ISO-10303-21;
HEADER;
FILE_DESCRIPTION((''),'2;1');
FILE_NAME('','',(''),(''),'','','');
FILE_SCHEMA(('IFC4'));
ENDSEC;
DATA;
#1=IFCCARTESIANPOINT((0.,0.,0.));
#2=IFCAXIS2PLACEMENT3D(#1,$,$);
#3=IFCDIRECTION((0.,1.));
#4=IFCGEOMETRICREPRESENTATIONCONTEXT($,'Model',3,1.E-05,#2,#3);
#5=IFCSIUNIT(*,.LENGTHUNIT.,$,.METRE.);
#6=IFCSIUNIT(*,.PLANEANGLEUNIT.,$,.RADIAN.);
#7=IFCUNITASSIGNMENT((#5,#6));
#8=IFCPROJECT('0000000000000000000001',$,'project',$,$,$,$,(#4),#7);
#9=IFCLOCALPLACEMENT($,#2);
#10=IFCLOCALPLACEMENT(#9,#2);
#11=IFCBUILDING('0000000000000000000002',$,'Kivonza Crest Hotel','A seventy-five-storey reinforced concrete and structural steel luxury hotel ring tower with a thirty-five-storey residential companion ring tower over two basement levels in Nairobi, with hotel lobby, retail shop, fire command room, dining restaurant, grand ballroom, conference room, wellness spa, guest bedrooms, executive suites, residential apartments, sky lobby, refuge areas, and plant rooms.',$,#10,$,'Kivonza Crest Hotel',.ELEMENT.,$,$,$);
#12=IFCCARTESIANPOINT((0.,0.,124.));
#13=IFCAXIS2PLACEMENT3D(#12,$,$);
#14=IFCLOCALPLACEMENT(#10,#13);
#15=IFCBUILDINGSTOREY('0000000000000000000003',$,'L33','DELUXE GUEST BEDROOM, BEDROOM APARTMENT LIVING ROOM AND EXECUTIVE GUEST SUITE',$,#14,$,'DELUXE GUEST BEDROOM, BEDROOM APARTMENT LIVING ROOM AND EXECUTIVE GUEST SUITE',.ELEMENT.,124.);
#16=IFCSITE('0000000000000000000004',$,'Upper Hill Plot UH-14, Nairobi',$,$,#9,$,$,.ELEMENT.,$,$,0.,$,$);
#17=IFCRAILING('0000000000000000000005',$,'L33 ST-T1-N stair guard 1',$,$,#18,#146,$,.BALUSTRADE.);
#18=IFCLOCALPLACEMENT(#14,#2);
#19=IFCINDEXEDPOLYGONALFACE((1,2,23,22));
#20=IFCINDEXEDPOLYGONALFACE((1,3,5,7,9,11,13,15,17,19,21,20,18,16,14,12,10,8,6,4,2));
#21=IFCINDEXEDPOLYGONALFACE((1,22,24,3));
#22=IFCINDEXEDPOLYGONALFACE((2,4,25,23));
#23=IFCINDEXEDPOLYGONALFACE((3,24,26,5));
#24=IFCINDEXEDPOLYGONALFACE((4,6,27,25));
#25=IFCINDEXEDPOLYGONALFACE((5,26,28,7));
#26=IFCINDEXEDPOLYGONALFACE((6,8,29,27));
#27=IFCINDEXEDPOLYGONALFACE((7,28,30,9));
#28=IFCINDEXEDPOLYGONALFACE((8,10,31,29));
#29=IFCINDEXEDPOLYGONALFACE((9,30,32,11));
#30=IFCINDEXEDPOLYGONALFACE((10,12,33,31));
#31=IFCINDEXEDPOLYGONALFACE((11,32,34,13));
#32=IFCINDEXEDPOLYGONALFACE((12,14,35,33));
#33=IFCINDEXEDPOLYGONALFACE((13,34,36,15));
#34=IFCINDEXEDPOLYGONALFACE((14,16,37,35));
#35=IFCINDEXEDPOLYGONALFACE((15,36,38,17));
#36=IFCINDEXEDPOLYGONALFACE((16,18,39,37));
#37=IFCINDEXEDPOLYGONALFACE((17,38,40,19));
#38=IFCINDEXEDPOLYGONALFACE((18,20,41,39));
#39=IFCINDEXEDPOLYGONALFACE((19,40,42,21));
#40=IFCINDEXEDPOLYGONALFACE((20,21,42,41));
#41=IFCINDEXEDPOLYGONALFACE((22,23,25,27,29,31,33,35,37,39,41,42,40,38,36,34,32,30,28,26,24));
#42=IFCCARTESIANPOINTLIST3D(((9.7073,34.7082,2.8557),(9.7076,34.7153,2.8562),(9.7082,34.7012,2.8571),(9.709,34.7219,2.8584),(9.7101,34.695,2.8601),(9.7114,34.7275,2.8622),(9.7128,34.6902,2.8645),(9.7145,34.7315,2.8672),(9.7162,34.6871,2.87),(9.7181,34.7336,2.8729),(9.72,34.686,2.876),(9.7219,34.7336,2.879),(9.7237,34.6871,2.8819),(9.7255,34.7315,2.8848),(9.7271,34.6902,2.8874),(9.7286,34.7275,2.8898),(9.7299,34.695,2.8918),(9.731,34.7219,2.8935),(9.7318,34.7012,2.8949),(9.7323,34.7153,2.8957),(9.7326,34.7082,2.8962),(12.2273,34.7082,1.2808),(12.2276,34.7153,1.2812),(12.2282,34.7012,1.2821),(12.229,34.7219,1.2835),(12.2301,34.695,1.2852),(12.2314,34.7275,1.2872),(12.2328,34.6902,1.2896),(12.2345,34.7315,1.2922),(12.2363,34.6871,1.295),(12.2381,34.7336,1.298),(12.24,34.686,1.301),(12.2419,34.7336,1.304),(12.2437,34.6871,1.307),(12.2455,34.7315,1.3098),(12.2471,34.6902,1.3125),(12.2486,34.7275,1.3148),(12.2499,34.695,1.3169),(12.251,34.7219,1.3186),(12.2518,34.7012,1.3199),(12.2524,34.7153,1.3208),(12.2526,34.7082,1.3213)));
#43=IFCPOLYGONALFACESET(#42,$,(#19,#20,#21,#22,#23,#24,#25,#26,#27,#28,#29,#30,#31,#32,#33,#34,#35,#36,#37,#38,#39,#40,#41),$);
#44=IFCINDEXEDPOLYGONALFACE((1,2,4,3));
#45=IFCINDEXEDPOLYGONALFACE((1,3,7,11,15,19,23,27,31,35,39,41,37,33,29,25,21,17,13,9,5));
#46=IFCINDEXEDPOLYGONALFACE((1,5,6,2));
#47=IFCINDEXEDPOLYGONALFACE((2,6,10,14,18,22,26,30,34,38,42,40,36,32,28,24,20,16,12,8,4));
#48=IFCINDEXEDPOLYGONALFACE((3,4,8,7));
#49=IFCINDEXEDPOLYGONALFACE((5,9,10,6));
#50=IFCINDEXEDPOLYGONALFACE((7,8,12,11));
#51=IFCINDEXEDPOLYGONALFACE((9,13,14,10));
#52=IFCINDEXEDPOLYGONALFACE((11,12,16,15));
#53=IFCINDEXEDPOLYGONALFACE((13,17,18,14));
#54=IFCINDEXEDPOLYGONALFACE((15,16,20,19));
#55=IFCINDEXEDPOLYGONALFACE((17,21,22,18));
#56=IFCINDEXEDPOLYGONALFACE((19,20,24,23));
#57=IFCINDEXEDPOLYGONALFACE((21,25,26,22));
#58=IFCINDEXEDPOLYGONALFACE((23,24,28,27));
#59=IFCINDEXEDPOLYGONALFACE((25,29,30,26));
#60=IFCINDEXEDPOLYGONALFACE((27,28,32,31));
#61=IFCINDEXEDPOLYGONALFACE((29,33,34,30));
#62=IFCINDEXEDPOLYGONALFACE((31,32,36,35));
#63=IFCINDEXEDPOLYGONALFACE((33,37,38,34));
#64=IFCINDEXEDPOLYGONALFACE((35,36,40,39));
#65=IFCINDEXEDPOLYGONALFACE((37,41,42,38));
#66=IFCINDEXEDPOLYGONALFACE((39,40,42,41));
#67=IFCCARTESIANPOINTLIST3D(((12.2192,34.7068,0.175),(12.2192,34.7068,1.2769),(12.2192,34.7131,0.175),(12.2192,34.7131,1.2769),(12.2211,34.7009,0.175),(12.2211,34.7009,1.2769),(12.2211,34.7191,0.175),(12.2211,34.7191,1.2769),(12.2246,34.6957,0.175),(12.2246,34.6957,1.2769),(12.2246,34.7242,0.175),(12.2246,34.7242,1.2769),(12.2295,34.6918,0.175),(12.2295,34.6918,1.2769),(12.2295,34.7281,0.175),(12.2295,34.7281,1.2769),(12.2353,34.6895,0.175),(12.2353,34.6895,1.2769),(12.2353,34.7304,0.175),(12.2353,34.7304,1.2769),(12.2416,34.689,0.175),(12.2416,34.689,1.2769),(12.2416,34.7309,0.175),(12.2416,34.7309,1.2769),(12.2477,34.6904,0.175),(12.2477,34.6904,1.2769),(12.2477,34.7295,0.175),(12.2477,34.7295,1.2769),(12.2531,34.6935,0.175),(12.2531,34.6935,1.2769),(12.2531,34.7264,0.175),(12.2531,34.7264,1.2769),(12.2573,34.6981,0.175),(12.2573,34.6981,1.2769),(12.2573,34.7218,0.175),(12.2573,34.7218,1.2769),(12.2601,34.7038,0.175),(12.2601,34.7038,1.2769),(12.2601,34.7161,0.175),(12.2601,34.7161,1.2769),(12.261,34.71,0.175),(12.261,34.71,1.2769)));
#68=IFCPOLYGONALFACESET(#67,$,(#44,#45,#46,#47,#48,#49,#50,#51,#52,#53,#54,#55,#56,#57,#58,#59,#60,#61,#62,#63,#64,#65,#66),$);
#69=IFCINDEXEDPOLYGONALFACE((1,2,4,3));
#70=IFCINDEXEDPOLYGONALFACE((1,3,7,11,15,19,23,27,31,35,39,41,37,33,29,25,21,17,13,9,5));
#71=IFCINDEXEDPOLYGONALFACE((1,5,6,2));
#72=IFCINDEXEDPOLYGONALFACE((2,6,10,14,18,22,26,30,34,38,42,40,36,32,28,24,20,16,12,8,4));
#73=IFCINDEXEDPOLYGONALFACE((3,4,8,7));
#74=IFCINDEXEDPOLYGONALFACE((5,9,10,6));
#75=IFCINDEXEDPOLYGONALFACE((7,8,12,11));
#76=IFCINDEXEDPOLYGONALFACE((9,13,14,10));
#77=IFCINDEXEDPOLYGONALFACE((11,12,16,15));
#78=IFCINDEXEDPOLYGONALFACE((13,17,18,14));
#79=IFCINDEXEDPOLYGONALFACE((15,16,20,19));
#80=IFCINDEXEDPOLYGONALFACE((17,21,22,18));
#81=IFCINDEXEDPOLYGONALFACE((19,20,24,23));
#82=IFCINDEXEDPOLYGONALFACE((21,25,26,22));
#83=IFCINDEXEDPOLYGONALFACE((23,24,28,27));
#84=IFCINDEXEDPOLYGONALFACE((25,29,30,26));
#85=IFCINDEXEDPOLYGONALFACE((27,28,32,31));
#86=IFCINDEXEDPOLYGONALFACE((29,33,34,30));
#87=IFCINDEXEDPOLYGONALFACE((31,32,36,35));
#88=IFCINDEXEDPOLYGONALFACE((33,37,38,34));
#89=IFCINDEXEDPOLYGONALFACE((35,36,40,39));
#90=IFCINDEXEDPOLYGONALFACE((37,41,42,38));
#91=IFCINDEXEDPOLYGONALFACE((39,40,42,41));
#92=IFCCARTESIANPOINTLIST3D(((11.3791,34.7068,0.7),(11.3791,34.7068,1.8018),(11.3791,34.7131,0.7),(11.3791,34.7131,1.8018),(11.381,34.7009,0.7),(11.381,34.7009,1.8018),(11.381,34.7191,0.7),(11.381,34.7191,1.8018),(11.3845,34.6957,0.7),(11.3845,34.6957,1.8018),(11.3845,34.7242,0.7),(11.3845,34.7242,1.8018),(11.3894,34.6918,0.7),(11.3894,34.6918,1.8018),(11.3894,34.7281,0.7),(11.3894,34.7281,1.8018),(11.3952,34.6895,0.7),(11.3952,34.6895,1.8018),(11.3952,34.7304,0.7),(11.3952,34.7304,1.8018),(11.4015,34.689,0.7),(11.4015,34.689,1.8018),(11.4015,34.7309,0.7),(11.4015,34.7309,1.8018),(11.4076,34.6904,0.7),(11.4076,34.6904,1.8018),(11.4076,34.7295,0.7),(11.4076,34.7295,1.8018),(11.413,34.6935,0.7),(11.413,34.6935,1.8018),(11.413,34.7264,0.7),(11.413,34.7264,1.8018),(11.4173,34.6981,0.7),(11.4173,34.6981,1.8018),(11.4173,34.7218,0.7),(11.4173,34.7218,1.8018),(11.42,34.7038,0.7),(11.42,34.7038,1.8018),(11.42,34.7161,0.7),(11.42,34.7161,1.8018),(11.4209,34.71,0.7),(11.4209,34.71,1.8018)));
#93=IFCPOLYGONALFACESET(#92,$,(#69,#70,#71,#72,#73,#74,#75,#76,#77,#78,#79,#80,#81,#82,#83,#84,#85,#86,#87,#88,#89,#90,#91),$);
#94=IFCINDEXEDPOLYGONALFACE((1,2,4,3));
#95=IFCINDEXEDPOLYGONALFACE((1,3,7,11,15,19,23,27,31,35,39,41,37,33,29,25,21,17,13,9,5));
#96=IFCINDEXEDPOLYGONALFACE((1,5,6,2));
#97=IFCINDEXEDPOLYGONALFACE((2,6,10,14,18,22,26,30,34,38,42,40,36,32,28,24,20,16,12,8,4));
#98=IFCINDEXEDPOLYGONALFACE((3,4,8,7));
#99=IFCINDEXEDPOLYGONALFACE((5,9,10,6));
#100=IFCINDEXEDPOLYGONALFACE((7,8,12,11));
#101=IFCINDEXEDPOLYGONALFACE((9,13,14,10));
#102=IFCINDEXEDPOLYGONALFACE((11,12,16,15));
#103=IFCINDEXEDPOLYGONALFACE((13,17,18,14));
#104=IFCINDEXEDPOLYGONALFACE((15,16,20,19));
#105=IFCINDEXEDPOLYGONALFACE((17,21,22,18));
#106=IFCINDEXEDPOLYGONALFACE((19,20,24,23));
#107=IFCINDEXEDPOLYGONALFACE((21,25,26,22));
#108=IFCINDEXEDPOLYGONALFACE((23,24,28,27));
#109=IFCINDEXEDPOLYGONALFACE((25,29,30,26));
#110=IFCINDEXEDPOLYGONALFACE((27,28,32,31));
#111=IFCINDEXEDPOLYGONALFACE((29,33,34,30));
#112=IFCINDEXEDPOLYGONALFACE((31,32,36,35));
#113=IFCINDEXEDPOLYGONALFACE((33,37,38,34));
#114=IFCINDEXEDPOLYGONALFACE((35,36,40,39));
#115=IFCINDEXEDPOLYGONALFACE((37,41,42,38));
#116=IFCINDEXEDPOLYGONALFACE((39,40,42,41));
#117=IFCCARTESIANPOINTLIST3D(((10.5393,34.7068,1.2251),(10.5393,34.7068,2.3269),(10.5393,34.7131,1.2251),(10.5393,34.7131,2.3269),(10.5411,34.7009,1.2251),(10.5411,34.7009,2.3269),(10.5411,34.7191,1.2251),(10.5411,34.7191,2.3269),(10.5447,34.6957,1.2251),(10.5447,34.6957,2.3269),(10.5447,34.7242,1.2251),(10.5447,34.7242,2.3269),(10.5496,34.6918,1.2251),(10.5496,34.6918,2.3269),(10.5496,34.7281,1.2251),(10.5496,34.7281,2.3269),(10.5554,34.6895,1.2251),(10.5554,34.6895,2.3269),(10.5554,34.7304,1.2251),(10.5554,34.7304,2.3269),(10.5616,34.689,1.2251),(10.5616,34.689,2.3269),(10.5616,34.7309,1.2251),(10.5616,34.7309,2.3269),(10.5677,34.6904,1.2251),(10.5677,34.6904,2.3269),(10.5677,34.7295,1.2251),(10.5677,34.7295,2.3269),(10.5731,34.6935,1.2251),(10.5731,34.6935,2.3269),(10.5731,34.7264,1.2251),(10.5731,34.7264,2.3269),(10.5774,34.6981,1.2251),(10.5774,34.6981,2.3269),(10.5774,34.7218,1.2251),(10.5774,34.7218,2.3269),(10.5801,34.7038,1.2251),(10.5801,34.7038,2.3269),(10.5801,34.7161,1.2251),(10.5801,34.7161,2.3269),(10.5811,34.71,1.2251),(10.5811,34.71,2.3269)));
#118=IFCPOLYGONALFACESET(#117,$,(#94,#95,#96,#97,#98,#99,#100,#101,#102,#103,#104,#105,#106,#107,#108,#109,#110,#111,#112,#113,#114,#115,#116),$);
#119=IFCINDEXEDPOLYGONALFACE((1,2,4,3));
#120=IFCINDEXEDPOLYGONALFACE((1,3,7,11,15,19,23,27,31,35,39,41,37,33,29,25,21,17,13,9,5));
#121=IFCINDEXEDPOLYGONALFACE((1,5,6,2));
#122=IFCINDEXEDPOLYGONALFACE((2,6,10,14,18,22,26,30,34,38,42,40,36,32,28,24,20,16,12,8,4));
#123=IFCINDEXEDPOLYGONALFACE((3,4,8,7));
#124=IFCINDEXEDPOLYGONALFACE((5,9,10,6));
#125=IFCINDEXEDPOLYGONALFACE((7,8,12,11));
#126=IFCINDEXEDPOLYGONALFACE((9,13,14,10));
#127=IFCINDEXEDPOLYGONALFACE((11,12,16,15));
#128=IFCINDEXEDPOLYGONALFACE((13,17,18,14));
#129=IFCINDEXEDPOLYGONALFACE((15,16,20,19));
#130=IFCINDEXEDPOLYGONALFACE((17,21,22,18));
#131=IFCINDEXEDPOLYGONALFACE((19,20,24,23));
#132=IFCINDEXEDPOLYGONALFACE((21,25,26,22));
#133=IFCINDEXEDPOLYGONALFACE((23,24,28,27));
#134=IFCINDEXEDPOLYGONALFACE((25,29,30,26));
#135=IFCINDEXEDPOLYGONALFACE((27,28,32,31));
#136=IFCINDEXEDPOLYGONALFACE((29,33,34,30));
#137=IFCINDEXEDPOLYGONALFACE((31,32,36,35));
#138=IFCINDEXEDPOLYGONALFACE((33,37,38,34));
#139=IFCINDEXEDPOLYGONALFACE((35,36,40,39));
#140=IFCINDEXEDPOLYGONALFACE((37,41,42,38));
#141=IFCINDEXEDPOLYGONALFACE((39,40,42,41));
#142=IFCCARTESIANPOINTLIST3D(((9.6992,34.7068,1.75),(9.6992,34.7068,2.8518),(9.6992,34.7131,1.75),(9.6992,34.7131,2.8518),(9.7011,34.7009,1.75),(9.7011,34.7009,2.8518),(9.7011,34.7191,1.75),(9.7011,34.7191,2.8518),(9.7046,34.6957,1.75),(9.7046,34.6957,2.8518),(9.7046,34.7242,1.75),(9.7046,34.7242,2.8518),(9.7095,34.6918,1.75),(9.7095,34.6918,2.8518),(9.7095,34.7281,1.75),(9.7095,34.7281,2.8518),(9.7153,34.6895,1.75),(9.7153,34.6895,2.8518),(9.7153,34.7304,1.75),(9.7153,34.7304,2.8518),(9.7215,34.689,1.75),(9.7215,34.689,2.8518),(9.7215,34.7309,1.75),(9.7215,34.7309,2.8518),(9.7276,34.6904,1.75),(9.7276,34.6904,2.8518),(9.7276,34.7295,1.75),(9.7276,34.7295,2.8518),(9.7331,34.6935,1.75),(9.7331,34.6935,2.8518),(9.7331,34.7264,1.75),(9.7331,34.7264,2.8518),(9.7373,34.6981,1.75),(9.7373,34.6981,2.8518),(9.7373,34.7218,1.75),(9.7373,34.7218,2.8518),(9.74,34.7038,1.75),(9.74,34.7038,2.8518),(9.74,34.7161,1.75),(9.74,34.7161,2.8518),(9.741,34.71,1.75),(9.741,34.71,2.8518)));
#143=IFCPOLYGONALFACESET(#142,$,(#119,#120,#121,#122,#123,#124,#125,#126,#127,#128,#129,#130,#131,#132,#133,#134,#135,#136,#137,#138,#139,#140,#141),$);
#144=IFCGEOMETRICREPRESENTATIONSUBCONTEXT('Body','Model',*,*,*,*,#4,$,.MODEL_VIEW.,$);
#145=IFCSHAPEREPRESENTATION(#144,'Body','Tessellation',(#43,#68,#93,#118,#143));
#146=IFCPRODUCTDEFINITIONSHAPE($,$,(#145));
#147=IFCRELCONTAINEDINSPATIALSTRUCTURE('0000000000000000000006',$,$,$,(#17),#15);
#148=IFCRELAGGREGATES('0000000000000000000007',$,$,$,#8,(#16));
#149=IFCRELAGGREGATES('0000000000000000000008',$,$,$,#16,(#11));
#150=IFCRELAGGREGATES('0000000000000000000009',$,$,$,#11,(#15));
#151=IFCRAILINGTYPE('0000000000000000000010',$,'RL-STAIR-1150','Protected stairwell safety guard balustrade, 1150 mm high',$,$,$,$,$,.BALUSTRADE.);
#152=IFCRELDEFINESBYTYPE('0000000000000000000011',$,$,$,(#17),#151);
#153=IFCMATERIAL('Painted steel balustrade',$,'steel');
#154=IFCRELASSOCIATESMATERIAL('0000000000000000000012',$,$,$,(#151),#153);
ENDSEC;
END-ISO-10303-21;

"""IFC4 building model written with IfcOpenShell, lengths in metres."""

from ifc_helpers import new_model, si_unit, direction, frame, origin, origin_2d, place, context, subcontext, project, spatial, circle, extrude, material, type_object, element, save


model = new_model("IFC4")

# Units and contexts
model_context = context("Model", 3, precision=1e-05, world=origin(), true_north=direction((0.0, 1.0)))
body_context = subcontext(model_context, "Body", "Model", "MODEL_VIEW")
ifc_project = project(units=[si_unit("LENGTHUNIT", "METRE"), si_unit("PLANEANGLEUNIT", "RADIAN")], contexts=[model_context])

# Site, building, storey
site_placement = place(None, origin())
site = spatial("IfcSite", under=ifc_project, at=site_placement, Name="Upper Hill Plot UH-14, Nairobi", CompositionType="ELEMENT", RefElevation=0.0)
building_placement = place(site_placement, origin())
building = spatial("IfcBuilding", under=site, at=building_placement, Name="Kivonza Crest Hotel", Description="A seventy-five-storey reinforced concrete and structural steel luxury hotel ring tower with a thirty-five-storey residential companion ring tower over two basement levels in Nairobi, with hotel lobby, retail shop, fire command room, dining restaurant, grand ballroom, conference room, wellness spa, guest bedrooms, executive suites, residential apartments, sky lobby, refuge areas, and plant rooms.", LongName="Kivonza Crest Hotel", CompositionType="ELEMENT")
storey_placement = place(building_placement, frame((0.0, 0.0, 124.0)))
storey = spatial("IfcBuildingStorey", under=building, at=storey_placement, Name="L33", Description="DELUXE GUEST BEDROOM, BEDROOM APARTMENT LIVING ROOM AND EXECUTIVE GUEST SUITE", LongName="DELUXE GUEST BEDROOM, BEDROOM APARTMENT LIVING ROOM AND EXECUTIVE GUEST SUITE", CompositionType="ELEMENT", Elevation=124.0)

# Railing
ifc_material_1 = material(Name="Painted steel balustrade", Category="steel")
railing_type_1 = type_object("IfcRailingType", Name="RL-STAIR-1150", Description="Protected stairwell safety guard balustrade, 1150 mm high", PredefinedType="BALUSTRADE", material=ifc_material_1)
railing_1_placement = place(storey_placement, frame((12.24, 34.71, 0.175)))
element("IfcRailing", 1, at=railing_1_placement, inside=storey, type_object=railing_type_1, Name="L33 ST-T1-N stair guard 1", PredefinedType="BALUSTRADE", context=body_context, shape_type="SweptSolid", body=[
    extrude(circle(Radius=0.0239, at=origin_2d()), frame((0.0, 0.0, 1.126), z_axis=(-0.848008, 0.0, 0.529984), x_axis=(0.0, -1.0, 0.0)), (0.0, 0.0, 1.0), 2.9717),
    extrude(circle(Radius=0.021, at=origin_2d()), origin(), (0.0, 0.0, 1.0), 1.1018),
    extrude(circle(Radius=0.021, at=origin_2d()), frame((-0.8401, 0.0, 0.5249)), (0.0, 0.0, 1.0), 1.1018),
    extrude(circle(Radius=0.021, at=origin_2d()), frame((-1.6799, 0.0, 1.05)), (0.0, 0.0, 1.0), 1.1018),
    extrude(circle(Radius=0.021, at=origin_2d()), frame((-2.52, 0.0, 1.575)), (0.0, 0.0, 1.0), 1.1018),
])

save(model, "model.ifc")
